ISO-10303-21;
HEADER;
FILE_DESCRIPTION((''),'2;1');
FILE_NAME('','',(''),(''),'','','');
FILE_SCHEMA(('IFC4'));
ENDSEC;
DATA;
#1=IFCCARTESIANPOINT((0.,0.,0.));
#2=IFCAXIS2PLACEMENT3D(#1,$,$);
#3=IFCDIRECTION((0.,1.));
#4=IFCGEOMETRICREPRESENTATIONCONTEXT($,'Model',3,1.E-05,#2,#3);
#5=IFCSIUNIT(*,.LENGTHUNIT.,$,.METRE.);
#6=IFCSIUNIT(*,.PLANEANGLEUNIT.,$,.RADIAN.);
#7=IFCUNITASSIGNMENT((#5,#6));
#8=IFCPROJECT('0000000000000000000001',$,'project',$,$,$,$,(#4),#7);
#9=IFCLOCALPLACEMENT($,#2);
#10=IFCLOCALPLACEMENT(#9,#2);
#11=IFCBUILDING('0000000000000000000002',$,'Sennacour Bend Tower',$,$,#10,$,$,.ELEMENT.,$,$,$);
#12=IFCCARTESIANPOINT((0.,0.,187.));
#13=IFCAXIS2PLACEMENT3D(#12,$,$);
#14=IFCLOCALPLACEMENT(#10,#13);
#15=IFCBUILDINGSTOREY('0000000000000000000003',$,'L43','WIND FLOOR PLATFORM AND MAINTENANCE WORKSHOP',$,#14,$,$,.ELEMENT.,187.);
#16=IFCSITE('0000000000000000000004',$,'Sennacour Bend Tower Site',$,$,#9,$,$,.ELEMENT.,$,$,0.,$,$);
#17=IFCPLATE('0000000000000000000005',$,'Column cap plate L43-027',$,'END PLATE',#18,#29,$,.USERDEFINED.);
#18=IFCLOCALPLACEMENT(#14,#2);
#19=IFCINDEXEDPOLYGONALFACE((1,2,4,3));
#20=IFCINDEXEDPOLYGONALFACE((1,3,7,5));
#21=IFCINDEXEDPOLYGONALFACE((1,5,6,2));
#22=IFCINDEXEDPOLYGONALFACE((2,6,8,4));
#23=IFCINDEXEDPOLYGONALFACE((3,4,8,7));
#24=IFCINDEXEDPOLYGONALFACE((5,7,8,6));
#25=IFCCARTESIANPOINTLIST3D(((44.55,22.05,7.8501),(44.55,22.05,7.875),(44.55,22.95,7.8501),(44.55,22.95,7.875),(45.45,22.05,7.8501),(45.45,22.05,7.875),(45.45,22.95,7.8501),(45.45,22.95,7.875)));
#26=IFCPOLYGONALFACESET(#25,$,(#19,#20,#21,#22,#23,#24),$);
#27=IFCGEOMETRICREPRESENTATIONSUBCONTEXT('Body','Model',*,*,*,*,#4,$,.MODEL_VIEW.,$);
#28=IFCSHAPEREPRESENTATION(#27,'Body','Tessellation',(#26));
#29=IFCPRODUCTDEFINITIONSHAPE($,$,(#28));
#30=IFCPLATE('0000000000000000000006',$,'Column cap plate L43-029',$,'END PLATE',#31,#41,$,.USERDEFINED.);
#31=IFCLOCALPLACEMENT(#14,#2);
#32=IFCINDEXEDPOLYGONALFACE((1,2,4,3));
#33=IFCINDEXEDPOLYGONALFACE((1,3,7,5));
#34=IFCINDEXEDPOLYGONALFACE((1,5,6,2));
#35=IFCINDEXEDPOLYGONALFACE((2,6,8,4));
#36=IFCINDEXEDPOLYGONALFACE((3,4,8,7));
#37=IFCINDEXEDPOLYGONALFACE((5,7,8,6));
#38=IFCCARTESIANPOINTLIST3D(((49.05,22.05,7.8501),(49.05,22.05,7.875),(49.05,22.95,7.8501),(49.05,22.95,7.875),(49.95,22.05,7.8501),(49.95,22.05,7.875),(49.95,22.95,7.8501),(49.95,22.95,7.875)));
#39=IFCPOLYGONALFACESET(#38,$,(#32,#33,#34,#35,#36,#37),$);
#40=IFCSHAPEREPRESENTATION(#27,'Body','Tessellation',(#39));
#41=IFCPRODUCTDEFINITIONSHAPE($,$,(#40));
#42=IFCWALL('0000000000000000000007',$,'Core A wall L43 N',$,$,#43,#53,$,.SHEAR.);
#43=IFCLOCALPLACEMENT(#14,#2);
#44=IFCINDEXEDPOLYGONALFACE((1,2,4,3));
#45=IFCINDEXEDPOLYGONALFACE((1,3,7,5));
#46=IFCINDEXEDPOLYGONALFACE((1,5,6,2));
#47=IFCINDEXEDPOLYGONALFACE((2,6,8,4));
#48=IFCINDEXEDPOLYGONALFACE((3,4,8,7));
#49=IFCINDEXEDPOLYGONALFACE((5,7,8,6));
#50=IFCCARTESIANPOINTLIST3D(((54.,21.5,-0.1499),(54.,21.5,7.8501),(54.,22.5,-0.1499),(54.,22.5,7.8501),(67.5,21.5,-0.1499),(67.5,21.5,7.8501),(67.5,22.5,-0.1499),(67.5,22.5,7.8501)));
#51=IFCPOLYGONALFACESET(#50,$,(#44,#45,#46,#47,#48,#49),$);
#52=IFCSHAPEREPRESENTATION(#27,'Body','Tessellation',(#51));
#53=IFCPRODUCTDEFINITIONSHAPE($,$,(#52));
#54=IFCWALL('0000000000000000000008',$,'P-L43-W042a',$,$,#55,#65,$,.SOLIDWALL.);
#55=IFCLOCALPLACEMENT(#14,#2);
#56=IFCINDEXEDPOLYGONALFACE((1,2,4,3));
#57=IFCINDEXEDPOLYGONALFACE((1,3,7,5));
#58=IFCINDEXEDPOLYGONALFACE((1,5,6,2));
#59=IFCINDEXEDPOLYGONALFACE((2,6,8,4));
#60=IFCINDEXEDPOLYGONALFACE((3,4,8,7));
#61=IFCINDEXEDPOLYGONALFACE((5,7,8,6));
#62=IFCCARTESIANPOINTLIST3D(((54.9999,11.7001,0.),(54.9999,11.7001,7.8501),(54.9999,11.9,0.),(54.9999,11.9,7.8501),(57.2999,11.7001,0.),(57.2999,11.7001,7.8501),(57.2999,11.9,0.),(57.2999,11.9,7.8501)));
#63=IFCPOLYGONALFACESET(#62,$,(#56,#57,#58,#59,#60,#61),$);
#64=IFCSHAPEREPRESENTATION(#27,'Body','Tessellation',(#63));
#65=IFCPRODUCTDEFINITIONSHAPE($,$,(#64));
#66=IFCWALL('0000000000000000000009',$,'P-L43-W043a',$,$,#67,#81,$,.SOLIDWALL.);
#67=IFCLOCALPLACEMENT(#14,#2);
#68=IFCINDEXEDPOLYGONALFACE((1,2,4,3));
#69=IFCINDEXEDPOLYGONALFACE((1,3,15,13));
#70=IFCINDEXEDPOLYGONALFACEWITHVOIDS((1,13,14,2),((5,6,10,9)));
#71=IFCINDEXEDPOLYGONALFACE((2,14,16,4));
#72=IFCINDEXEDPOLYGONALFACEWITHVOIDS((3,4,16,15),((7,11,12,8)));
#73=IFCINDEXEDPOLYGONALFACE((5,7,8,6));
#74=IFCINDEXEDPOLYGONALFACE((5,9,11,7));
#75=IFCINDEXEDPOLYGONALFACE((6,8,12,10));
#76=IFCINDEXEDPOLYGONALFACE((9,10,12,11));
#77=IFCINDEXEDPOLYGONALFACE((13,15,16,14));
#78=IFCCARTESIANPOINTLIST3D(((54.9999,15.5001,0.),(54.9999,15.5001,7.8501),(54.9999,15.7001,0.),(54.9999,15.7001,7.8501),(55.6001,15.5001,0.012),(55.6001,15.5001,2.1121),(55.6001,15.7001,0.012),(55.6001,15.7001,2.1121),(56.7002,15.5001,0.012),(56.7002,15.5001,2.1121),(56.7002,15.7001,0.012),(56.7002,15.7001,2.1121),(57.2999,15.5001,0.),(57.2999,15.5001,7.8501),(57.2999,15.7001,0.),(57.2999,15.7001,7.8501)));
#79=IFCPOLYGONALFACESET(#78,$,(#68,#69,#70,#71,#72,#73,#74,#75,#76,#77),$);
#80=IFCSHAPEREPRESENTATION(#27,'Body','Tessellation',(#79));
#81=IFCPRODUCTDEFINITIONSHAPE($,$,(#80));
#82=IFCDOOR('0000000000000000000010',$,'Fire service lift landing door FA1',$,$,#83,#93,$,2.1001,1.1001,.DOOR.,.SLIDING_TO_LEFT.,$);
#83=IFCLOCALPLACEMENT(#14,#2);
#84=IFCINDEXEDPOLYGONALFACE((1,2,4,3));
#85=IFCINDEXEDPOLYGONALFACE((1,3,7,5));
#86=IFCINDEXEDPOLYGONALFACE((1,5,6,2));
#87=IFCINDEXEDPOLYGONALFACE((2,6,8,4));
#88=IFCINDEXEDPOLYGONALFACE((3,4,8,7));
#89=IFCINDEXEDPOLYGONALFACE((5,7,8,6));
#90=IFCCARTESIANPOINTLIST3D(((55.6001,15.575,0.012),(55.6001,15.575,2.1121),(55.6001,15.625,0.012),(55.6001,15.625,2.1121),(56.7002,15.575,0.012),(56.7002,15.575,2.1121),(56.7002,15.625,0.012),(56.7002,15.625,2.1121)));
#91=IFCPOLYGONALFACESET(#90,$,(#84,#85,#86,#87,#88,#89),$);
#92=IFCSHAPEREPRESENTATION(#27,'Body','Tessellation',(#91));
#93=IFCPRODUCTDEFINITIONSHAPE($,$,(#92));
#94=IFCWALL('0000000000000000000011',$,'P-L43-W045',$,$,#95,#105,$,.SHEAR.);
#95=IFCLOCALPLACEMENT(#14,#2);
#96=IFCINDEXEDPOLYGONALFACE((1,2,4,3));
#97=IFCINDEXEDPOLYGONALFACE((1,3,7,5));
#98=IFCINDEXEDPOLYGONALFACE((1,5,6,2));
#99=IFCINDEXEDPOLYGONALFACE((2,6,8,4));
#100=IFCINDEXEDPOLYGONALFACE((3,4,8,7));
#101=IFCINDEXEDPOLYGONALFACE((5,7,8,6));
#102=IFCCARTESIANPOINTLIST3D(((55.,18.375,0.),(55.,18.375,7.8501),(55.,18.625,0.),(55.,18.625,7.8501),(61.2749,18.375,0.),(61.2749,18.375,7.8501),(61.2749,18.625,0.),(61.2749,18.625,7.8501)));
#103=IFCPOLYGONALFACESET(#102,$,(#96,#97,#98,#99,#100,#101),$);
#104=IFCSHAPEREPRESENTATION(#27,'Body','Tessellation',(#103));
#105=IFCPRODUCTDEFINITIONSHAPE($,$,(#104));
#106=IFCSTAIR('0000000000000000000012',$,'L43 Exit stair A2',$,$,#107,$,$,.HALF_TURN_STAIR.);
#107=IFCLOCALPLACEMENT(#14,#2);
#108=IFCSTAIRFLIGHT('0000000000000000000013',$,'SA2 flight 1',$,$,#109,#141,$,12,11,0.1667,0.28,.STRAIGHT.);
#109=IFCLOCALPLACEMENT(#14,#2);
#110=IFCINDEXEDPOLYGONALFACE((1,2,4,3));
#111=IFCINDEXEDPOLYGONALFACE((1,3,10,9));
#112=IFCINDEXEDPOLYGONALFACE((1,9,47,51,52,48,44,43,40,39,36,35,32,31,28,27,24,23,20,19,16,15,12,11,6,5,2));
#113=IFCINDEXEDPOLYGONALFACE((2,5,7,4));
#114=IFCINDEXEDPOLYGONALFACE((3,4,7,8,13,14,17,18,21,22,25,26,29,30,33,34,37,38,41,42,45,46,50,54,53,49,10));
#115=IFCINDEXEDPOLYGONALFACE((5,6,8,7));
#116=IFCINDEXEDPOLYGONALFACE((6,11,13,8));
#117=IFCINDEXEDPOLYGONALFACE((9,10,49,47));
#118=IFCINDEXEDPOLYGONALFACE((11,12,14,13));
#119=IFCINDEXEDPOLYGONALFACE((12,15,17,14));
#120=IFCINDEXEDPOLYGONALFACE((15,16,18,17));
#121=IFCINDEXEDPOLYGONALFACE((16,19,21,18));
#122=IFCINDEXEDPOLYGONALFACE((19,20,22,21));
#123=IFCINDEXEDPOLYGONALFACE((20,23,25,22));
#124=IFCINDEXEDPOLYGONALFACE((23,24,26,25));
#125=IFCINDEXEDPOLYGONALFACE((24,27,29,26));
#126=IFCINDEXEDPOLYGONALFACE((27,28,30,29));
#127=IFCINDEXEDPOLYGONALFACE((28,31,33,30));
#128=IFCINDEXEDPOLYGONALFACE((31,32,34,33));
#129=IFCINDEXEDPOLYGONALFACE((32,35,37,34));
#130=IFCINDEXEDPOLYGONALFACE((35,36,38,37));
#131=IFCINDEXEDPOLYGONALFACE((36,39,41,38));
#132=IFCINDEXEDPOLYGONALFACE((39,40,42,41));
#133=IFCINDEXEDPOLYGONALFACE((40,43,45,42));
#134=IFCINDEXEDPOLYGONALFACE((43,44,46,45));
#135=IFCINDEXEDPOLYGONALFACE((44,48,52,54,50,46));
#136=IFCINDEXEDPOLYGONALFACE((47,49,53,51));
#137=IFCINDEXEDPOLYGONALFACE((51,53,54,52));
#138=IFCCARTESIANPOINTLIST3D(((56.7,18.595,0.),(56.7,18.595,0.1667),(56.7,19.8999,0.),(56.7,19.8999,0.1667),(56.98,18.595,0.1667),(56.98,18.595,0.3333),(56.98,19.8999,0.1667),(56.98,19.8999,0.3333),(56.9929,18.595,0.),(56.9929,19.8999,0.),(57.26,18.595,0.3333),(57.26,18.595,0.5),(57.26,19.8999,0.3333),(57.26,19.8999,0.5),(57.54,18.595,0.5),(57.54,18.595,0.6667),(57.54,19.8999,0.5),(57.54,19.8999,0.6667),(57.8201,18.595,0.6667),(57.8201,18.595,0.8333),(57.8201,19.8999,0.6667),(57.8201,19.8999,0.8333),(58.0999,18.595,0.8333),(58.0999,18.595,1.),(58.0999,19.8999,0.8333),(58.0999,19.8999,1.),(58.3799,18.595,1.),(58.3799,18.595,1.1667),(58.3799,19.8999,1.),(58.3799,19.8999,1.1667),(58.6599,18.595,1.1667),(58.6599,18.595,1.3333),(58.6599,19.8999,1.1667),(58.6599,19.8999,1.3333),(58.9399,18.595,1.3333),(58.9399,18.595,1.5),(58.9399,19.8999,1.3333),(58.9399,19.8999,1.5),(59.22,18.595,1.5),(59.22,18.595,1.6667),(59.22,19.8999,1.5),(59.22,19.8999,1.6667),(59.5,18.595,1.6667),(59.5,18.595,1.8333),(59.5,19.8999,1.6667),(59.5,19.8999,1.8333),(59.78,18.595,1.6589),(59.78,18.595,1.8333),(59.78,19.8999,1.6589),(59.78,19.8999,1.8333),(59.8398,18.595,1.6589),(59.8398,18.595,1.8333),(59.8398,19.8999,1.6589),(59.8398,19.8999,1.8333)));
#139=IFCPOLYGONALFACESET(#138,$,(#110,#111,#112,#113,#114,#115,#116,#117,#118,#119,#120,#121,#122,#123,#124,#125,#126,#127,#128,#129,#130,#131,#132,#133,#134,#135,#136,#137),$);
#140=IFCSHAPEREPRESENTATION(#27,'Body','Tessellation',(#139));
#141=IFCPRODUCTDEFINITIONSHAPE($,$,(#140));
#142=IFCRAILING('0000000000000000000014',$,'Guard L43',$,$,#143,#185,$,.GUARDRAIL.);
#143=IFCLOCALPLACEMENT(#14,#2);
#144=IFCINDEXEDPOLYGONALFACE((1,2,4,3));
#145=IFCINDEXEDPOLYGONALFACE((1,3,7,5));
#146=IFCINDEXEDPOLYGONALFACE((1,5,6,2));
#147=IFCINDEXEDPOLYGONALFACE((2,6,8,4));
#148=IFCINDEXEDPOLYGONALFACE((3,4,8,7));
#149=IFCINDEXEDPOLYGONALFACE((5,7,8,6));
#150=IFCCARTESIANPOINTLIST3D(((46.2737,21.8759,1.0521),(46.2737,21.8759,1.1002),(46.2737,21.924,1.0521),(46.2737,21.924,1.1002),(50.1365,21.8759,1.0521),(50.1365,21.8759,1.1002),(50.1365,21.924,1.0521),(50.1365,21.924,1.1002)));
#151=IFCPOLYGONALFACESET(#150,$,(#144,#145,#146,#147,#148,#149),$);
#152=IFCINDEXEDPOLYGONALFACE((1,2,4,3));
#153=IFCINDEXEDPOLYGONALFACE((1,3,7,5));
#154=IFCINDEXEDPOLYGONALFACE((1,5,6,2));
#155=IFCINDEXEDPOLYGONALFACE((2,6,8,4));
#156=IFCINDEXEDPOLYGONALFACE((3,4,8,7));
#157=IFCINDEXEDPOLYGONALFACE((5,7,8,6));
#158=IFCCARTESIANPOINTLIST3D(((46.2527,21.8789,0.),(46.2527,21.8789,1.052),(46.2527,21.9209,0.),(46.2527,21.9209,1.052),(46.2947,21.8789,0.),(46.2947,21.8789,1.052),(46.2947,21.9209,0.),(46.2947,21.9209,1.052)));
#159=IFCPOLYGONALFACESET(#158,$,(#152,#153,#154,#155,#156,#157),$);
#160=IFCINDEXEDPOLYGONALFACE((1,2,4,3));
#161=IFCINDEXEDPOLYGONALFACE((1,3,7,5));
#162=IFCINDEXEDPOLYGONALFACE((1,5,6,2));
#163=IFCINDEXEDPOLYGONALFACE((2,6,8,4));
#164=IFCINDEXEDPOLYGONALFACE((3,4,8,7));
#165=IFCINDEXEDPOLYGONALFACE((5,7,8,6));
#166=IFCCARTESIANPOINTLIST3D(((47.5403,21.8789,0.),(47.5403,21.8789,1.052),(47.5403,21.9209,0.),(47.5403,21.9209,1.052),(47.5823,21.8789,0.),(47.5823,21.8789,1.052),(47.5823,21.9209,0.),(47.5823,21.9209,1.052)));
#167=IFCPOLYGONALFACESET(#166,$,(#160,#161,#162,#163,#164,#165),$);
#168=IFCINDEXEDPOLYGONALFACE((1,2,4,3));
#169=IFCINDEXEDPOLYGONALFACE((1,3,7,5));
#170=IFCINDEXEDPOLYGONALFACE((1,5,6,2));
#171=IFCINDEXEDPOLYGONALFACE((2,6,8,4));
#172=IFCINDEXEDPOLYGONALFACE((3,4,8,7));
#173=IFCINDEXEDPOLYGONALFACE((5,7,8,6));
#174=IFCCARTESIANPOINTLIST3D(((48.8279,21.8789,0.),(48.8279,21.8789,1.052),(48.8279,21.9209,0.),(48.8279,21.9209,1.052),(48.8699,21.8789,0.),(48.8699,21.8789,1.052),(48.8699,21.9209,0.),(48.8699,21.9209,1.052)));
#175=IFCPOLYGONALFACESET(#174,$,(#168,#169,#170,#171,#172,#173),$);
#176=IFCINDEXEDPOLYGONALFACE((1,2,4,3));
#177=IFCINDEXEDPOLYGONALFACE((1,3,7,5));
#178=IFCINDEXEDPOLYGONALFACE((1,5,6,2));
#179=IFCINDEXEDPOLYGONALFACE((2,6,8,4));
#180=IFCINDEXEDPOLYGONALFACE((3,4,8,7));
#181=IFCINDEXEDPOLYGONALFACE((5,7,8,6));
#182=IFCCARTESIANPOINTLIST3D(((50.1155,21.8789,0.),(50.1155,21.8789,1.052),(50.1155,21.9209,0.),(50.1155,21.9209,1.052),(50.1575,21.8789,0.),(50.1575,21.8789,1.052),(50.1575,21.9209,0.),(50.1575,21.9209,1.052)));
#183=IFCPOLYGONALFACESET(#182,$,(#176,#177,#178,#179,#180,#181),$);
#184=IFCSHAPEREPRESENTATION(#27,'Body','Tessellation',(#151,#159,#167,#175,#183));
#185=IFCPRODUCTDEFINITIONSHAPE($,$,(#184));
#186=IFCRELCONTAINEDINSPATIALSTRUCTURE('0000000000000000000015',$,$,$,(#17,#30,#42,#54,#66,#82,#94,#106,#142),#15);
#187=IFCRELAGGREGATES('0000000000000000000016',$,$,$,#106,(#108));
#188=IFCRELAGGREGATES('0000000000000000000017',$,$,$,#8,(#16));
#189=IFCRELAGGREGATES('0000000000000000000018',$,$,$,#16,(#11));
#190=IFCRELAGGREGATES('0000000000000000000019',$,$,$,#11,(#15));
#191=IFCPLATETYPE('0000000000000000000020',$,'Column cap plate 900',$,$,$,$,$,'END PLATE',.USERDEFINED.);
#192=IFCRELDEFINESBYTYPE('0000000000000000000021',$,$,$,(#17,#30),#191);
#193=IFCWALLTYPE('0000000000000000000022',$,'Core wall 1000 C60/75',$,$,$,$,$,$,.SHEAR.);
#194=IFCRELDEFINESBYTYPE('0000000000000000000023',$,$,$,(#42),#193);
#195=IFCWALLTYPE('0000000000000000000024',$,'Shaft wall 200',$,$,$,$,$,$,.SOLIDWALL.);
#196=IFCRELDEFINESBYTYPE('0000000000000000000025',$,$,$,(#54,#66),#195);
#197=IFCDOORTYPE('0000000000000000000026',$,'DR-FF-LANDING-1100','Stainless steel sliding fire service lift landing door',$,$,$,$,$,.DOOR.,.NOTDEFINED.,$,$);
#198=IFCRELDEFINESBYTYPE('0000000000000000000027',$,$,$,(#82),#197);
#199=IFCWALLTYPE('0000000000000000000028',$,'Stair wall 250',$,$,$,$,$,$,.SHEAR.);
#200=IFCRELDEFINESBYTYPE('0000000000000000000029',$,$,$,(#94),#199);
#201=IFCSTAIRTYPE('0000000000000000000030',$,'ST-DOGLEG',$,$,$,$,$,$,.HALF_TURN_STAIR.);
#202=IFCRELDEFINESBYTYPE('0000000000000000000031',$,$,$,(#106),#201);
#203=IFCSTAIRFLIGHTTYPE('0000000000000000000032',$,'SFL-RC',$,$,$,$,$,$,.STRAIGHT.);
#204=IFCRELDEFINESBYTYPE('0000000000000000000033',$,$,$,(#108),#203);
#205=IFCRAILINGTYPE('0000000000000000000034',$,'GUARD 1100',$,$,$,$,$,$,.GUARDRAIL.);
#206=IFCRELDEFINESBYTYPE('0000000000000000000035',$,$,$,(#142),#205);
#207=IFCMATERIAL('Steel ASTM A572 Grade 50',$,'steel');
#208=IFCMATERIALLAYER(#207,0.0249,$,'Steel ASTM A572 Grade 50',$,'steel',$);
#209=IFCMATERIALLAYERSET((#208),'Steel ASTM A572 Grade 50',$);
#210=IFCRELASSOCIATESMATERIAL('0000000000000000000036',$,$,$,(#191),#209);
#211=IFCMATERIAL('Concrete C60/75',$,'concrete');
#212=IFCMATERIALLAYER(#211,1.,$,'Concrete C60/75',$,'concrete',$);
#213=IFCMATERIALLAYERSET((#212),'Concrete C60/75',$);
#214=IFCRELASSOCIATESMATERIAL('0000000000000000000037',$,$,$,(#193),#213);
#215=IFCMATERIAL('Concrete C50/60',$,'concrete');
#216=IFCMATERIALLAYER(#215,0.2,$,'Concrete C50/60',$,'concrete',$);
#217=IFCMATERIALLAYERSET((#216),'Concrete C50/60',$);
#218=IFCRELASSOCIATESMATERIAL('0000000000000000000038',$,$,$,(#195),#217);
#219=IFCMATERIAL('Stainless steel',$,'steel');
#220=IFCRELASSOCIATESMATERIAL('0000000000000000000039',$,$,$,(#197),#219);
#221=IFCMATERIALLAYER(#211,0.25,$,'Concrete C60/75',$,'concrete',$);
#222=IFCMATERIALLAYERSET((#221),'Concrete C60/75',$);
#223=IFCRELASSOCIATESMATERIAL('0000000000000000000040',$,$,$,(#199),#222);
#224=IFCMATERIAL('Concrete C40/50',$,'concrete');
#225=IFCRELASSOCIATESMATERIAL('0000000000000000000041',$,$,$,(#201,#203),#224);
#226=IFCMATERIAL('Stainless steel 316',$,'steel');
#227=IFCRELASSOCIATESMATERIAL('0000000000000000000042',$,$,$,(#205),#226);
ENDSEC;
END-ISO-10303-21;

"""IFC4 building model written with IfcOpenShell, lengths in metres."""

from ifc_helpers import new_model, si_unit, direction, frame, frame_2d, origin, origin_2d, place, context, subcontext, project, spatial, polyline, rectangle, outline, extrude, material, layer, layer_set, type_object, element, fill, aggregate, save


model = new_model("IFC4")

# Units and contexts
model_context = context("Model", 3, precision=1e-05, world=origin(), true_north=direction((0.0, 1.0)))
body_context = subcontext(model_context, "Body", "Model", "MODEL_VIEW")
ifc_project = project(units=[si_unit("LENGTHUNIT", "METRE"), si_unit("PLANEANGLEUNIT", "RADIAN")], contexts=[model_context])

# Site, building, storey
site_placement = place(None, origin())
site = spatial("IfcSite", under=ifc_project, at=site_placement, Name="Sennacour Bend Tower Site", CompositionType="ELEMENT", RefElevation=0.0)
building_placement = place(site_placement, origin())
building = spatial("IfcBuilding", under=site, at=building_placement, Name="Sennacour Bend Tower", CompositionType="ELEMENT")
storey_placement = place(building_placement, frame((0.0, 0.0, 187.0)))
storey = spatial("IfcBuildingStorey", under=building, at=storey_placement, Name="L43", Description="WIND FLOOR PLATFORM AND MAINTENANCE WORKSHOP", CompositionType="ELEMENT", Elevation=187.0)

# Shared definitions
ifc_material_1 = material(Name="Steel ASTM A572 Grade 50", Category="steel")

# Plates
ifc_layer_1 = layer(ifc_material_1, 0.0249, Name="Steel ASTM A572 Grade 50", Category="steel")
ifc_layer_set_1 = layer_set([ifc_layer_1], Name="Steel ASTM A572 Grade 50")
plate_type_1 = type_object("IfcPlateType", Name="Column cap plate 900", ElementType="END PLATE", PredefinedType="USERDEFINED", material=ifc_layer_set_1)
for number, where, z_axis, x_axis, name in (
    (1, (45.0, 22.5, 7.8501), (0.0, 0.0, 1.0), (1.0, 0.0, 0.0), "Column cap plate L43-027"),
    (2, (49.5, 22.5, 7.8501), (0.0, 0.0, 1.0), (1.0, 0.0, 0.0), "Column cap plate L43-029"),
):
    element("IfcPlate", number, at=place(storey_placement, frame(where, z_axis=z_axis, x_axis=x_axis)), inside=storey, type_object=plate_type_1, Name=name, ObjectType="END PLATE", PredefinedType="USERDEFINED", context=body_context, shape_type="SweptSolid", body=[
        extrude(rectangle(XDim=0.8999, YDim=0.8999, at=origin_2d()), origin(), (0.0, 0.0, 1.0), 0.0249),
    ])

# Walls
ifc_material_2 = material(Name="Concrete C60/75", Category="concrete")
ifc_layer_2 = layer(ifc_material_2, 1.0, Name="Concrete C60/75", Category="concrete")
ifc_layer_set_2 = layer_set([ifc_layer_2], Name="Concrete C60/75")
wall_type_1 = type_object("IfcWallType", Name="Core wall 1000 C60/75", PredefinedType="SHEAR", material=ifc_layer_set_2)
wall_1_placement = place(storey_placement, frame((54.0, 22.0, -0.1499), z_axis=(0.0, 0.0, 1.0), x_axis=(1.0, 0.0, 0.0)))
element("IfcWall", 3, at=wall_1_placement, inside=storey, type_object=wall_type_1, Name="Core A wall L43 N", PredefinedType="SHEAR", context=body_context, shape_type="SweptSolid", body=[
    extrude(rectangle(XDim=13.5, YDim=1.0, at=frame_2d((6.75, 0.0))), origin(), (0.0, 0.0, 1.0), 8.0),
])
ifc_material_3 = material(Name="Concrete C50/60", Category="concrete")
ifc_layer_3 = layer(ifc_material_3, 0.2, Name="Concrete C50/60", Category="concrete")
ifc_layer_set_3 = layer_set([ifc_layer_3], Name="Concrete C50/60")
wall_type_2 = type_object("IfcWallType", Name="Shaft wall 200", PredefinedType="SOLIDWALL", material=ifc_layer_set_3)
wall_2_placement = place(storey_placement, frame((55.0, 11.8, 0.0), z_axis=(0.0, 0.0, 1.0), x_axis=(1.0, 0.0, 0.0)))
element("IfcWall", 4, at=wall_2_placement, inside=storey, type_object=wall_type_2, Name="P-L43-W042a", PredefinedType="SOLIDWALL", context=body_context, shape_type="SweptSolid", body=[
    extrude(rectangle(XDim=2.3, YDim=0.2, at=frame_2d((1.1499, 0.0))), origin(), (0.0, 0.0, 1.0), 7.8501),
])

# Wall, opening, door
wall_3_placement = place(storey_placement, frame((55.0, 15.6001, 0.0), z_axis=(0.0, 0.0, 1.0), x_axis=(1.0, 0.0, 0.0)))
wall_3 = element("IfcWall", 5, at=wall_3_placement, inside=storey, type_object=wall_type_2, Name="P-L43-W043a", PredefinedType="SOLIDWALL", context=body_context, shape_type="SweptSolid", body=[
    extrude(rectangle(XDim=2.3, YDim=0.2, at=frame_2d((1.1499, 0.0))), origin(), (0.0, 0.0, 1.0), 7.8501),
])
opening_placement = place(wall_3_placement, frame((0.6001, 0.0, 0.012)))
opening = element("IfcOpeningElement", 6, at=opening_placement, cuts=wall_3, PredefinedType="OPENING", context=body_context, shape_type="SweptSolid", body=[
    extrude(rectangle(XDim=1.1001, YDim=2.1001, at=frame_2d((0.55, 1.05))), frame((0.0, 0.1099, 0.0), z_axis=(0.0, -1.0, 0.0), x_axis=(1.0, 0.0, 0.0)), (0.0, 0.0, 1.0), 0.22),
])
ifc_material_4 = material(Name="Stainless steel", Category="steel")
door_type = type_object("IfcDoorType", Name="DR-FF-LANDING-1100", Description="Stainless steel sliding fire service lift landing door", OperationType="NOTDEFINED", PredefinedType="DOOR", material=ifc_material_4)
door_placement = place(opening_placement, origin())
door = element("IfcDoor", 7, at=door_placement, inside=storey, type_object=door_type, Name="Fire service lift landing door FA1", OperationType="SLIDING_TO_LEFT", OverallHeight=2.1001, OverallWidth=1.1001, PredefinedType="DOOR", context=body_context, shape_type="SweptSolid", body=[
    extrude(rectangle(XDim=1.1001, YDim=2.1001, at=frame_2d((0.55, 1.05))), frame((0.0, 0.0249, 0.0), z_axis=(0.0, -1.0, 0.0), x_axis=(1.0, 0.0, 0.0)), (0.0, 0.0, 1.0), 0.05),
])
fill(opening, door)

# Wall
ifc_layer_4 = layer(ifc_material_2, 0.25, Name="Concrete C60/75", Category="concrete")
ifc_layer_set_4 = layer_set([ifc_layer_4], Name="Concrete C60/75")
wall_type_3 = type_object("IfcWallType", Name="Stair wall 250", PredefinedType="SHEAR", material=ifc_layer_set_4)
wall_4_placement = place(storey_placement, frame((55.0, 18.5, 0.0), z_axis=(0.0, 0.0, 1.0), x_axis=(1.0, 0.0, 0.0)))
element("IfcWall", 8, at=wall_4_placement, inside=storey, type_object=wall_type_3, Name="P-L43-W045", PredefinedType="SHEAR", context=body_context, shape_type="SweptSolid", body=[
    extrude(rectangle(XDim=6.2749, YDim=0.25, at=frame_2d((3.1375, 0.0))), origin(), (0.0, 0.0, 1.0), 7.8501),
])

# Stair, stair flight
ifc_material_5 = material(Name="Concrete C40/50", Category="concrete")
stair_type = type_object("IfcStairType", Name="ST-DOGLEG", PredefinedType="HALF_TURN_STAIR", material=ifc_material_5)
stair_placement = place(storey_placement, origin())
stair = element("IfcStair", 9, at=stair_placement, inside=storey, type_object=stair_type, Name="L43 Exit stair A2", PredefinedType="HALF_TURN_STAIR")
stair_flight_type = type_object("IfcStairFlightType", Name="SFL-RC", PredefinedType="STRAIGHT", material=ifc_material_5)
stair_flight_placement = place(storey_placement, frame((56.7, 19.2476, 0.0), z_axis=(0.0, 0.0, 1.0), x_axis=(1.0, 0.0, 0.0)))
stair_flight = element("IfcStairFlight", 10, at=stair_flight_placement, type_object=stair_flight_type, Name="SA2 flight 1", NumberOfRisers=12, NumberOfTreads=11, PredefinedType="STRAIGHT", RiserHeight=0.1667, TreadLength=0.28, context=body_context, shape_type="SweptSolid", body=[
    extrude(outline(polyline([(0.0, 0.0), (0.0, 0.1667), (0.28, 0.1667), (0.28, 0.3333), (0.5601, 0.3333), (0.5601, 0.5), (0.8401, 0.5), (0.8401, 0.6667), (1.1201, 0.6667), (1.1201, 0.8333), (1.3999, 0.8333), (1.3999, 1.0), (1.6799, 1.0), (1.6799, 1.1667), (1.96, 1.1667), (1.96, 1.3333), (2.24, 1.3333), (2.24, 1.5), (2.52, 1.5), (2.52, 1.6667), (2.8, 1.6667), (2.8, 1.8333), (3.0801, 1.8333), (3.1399, 1.8333), (3.1399, 1.6589), (3.0801, 1.6589), (0.293, 0.0), (0.0, 0.0)])), frame((0.0, 0.6523, 0.0), z_axis=(0.0, -1.0, 0.0), x_axis=(1.0, 0.0, 0.0)), (0.0, 0.0, 1.0), 1.3049),
])
aggregate(stair, [stair_flight])

# Railing
ifc_material_6 = material(Name="Stainless steel 316", Category="steel")
railing_type_1 = type_object("IfcRailingType", Name="GUARD 1100", PredefinedType="GUARDRAIL", material=ifc_material_6)
railing_1_placement = place(storey_placement, frame((46.2737, 21.8999, 0.0)))
element("IfcRailing", 11, at=railing_1_placement, inside=storey, type_object=railing_type_1, Name="Guard L43", PredefinedType="GUARDRAIL", context=body_context, shape_type="SweptSolid", body=[
    extrude(rectangle(XDim=0.0481, YDim=0.0481, at=origin_2d()), frame((0.0, 0.0, 1.0762), z_axis=(1.0, 0.0, 0.0), x_axis=(0.0, 1.0, 0.0)), (0.0, 0.0, 1.0), 3.8628),
    extrude(rectangle(XDim=0.042, YDim=0.042, at=origin_2d()), origin(), (0.0, 0.0, 1.0), 1.052),
    extrude(rectangle(XDim=0.042, YDim=0.042, at=origin_2d()), frame((1.2876, 0.0, 0.0)), (0.0, 0.0, 1.0), 1.052),
    extrude(rectangle(XDim=0.042, YDim=0.042, at=origin_2d()), frame((2.5752, 0.0, 0.0)), (0.0, 0.0, 1.0), 1.052),
    extrude(rectangle(XDim=0.042, YDim=0.042, at=origin_2d()), frame((3.8628, 0.0, 0.0)), (0.0, 0.0, 1.0), 1.052),
])

save(model, "model.ifc")
